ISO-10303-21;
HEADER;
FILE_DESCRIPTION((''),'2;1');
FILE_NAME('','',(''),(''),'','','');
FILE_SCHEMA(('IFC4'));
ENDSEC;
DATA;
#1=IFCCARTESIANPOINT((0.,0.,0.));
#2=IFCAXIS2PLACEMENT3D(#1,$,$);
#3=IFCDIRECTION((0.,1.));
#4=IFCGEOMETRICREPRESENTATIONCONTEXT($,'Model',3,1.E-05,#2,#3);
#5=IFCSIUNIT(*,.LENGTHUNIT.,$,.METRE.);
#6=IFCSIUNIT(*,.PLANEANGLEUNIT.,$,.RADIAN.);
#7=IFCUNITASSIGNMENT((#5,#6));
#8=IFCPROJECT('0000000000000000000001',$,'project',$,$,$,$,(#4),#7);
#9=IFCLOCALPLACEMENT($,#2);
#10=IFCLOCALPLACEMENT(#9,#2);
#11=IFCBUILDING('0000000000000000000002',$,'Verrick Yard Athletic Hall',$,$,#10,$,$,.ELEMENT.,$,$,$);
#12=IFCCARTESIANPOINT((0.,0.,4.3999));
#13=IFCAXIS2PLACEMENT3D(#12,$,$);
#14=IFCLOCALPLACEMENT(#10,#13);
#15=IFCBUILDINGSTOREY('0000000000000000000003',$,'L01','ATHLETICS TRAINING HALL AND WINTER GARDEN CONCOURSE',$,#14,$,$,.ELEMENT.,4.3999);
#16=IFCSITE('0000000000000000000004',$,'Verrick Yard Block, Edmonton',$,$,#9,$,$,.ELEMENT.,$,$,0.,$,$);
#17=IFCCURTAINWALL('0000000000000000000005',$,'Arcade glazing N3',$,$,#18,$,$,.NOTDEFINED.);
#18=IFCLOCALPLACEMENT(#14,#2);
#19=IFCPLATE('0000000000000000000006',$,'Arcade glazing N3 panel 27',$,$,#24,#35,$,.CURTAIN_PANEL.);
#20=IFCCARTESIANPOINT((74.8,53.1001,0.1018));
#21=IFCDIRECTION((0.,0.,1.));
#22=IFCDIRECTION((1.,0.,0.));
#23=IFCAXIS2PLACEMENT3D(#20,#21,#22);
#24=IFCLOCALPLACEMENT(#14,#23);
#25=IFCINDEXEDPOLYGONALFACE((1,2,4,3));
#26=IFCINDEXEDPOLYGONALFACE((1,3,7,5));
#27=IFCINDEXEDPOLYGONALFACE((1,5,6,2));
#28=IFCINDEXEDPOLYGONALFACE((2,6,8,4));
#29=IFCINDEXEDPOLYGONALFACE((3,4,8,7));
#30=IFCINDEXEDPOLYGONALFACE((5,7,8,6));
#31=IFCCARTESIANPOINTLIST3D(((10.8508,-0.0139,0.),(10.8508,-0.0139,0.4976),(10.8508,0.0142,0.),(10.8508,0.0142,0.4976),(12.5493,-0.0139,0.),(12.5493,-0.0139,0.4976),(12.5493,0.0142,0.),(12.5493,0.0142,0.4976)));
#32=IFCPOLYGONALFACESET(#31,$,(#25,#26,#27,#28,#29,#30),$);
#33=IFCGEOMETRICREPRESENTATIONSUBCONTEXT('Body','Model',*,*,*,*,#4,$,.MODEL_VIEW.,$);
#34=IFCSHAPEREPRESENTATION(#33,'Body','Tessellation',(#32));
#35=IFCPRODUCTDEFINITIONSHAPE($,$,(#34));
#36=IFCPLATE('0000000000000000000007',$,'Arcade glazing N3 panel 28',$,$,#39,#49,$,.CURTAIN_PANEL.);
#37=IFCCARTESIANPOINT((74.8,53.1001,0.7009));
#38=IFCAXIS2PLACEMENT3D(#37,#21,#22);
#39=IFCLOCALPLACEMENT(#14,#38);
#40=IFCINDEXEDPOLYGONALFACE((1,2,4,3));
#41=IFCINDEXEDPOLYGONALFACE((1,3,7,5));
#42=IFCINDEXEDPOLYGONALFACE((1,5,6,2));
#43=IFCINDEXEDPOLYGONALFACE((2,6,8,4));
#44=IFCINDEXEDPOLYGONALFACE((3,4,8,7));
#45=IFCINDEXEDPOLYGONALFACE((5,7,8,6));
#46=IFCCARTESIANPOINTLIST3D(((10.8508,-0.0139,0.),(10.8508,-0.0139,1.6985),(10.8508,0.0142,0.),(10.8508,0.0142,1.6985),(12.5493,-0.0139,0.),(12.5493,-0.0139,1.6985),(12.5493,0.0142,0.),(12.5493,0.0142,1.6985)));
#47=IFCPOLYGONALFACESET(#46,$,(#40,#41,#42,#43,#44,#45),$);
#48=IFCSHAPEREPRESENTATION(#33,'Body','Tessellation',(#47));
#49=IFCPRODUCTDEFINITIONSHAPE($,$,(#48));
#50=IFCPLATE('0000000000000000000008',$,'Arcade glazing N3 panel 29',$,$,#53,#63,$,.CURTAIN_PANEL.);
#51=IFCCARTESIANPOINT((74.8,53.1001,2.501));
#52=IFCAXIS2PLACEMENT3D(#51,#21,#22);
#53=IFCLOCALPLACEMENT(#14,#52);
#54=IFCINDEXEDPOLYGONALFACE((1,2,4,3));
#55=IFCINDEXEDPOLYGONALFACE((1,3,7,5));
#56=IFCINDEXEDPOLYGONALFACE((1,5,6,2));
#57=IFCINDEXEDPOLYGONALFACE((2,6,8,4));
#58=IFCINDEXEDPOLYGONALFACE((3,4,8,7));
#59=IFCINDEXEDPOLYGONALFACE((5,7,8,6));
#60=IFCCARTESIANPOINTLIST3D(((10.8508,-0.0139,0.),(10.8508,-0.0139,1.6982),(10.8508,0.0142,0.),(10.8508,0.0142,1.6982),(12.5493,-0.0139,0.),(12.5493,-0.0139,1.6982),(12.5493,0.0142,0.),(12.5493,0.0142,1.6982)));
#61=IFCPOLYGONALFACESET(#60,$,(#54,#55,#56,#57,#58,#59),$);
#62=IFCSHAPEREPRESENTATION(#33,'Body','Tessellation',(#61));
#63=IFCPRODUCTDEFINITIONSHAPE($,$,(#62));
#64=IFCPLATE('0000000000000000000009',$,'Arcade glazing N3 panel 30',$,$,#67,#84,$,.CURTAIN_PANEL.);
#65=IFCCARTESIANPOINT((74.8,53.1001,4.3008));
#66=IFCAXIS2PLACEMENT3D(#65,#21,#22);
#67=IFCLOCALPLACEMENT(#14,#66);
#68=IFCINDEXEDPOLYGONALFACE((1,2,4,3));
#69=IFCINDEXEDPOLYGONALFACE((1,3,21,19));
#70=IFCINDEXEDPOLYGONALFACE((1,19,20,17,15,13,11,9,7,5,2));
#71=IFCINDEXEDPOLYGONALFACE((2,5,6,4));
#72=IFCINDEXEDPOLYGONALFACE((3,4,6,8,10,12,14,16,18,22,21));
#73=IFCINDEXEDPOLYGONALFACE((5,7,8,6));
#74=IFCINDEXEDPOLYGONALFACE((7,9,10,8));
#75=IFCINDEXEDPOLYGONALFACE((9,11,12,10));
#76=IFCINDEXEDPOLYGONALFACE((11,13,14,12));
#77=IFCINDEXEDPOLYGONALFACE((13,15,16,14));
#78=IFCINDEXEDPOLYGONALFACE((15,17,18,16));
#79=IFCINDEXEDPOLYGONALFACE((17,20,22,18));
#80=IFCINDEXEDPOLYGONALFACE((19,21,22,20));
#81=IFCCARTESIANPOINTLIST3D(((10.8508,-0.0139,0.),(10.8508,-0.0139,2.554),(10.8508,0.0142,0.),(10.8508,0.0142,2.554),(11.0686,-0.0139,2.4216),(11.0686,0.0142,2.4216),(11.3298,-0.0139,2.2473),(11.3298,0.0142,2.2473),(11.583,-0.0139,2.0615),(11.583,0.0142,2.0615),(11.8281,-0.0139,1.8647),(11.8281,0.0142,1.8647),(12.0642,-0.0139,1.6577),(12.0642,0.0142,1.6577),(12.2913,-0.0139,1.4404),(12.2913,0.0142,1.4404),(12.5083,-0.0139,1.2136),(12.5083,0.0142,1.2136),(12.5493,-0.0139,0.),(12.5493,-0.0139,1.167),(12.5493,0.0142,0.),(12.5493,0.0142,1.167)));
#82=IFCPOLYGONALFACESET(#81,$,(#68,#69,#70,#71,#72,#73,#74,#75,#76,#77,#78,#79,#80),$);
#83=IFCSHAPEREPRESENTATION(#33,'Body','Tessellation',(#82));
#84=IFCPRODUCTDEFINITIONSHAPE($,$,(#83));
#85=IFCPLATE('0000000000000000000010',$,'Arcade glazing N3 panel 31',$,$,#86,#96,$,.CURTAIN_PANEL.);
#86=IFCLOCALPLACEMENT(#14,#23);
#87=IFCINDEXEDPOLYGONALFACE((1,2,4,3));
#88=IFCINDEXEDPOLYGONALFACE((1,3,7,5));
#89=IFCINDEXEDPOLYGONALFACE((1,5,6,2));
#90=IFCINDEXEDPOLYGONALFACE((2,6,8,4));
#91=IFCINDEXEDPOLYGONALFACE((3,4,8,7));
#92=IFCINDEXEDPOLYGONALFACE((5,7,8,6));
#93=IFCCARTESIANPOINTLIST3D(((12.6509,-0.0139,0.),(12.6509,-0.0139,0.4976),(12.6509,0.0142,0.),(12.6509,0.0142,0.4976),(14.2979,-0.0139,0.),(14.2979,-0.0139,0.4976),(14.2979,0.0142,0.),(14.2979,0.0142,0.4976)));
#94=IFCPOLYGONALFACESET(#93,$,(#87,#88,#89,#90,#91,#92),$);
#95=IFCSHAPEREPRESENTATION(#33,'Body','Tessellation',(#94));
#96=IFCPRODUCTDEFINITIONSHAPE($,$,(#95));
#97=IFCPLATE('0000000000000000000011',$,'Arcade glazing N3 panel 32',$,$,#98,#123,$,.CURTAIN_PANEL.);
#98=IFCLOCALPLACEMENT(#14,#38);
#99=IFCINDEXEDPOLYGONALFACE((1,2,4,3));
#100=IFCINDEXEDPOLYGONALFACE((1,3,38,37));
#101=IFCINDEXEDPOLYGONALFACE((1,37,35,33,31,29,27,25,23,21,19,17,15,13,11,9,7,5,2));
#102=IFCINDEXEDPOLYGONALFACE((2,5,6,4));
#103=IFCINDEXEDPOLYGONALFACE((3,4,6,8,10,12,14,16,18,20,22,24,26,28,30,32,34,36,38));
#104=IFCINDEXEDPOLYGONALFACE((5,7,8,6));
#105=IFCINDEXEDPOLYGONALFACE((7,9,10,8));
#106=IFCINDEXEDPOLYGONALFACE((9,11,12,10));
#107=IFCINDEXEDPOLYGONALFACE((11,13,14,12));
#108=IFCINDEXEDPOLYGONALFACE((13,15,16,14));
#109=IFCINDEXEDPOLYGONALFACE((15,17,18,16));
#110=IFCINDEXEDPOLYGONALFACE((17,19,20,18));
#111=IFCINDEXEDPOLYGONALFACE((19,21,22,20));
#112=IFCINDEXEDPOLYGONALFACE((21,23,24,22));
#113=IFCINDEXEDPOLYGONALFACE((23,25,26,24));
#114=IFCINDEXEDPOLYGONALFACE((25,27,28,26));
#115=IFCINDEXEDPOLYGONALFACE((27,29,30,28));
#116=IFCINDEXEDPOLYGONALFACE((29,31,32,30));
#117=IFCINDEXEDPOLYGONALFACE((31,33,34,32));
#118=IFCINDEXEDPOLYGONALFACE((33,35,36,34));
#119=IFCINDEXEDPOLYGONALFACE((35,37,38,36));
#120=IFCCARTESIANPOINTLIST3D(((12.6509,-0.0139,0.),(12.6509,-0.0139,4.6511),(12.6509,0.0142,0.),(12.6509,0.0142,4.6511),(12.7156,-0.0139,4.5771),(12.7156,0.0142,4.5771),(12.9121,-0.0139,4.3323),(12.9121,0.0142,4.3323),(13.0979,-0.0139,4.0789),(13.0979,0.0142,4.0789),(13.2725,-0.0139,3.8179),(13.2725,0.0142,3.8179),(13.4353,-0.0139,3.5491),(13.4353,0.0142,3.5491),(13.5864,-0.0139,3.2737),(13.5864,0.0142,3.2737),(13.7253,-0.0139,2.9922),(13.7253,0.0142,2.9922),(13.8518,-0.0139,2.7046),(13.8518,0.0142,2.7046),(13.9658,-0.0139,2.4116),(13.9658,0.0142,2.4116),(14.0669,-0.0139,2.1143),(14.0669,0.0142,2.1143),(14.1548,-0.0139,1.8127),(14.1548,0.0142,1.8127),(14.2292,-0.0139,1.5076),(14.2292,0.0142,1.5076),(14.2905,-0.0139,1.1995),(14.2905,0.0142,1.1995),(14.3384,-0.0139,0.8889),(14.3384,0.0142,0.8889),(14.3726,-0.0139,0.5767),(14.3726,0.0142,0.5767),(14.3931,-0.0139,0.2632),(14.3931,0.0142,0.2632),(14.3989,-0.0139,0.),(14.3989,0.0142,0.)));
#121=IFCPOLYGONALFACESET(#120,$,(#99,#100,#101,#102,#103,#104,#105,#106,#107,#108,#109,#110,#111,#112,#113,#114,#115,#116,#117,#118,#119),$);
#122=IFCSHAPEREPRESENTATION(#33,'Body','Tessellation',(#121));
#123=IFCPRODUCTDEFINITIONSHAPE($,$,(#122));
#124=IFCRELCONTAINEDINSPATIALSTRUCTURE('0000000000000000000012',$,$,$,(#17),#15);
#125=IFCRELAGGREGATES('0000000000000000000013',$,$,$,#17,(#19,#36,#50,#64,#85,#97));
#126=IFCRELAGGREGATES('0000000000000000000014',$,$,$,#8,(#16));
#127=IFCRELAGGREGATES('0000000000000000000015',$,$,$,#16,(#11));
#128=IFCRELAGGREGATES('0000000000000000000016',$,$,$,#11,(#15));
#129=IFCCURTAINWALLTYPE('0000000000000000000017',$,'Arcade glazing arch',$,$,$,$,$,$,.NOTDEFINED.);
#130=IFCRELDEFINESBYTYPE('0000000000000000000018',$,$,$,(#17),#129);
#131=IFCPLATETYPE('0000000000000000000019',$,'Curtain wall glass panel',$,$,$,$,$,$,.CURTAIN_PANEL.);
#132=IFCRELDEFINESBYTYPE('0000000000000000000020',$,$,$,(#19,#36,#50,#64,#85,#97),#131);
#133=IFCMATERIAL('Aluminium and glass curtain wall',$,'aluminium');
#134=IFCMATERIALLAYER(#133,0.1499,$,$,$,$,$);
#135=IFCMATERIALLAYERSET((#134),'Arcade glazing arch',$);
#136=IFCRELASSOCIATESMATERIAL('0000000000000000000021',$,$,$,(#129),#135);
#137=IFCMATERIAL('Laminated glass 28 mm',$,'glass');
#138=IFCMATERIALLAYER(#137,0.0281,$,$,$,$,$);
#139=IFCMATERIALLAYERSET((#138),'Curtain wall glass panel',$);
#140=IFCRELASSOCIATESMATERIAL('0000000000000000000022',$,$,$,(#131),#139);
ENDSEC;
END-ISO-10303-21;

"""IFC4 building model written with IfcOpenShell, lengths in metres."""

from ifc_helpers import new_model, si_unit, direction, frame, origin, place, context, subcontext, project, spatial, polyline, outline, extrude, material, layer, layer_set, type_object, element, aggregate, save


model = new_model("IFC4")

# Units and contexts
model_context = context("Model", 3, precision=1e-05, world=origin(), true_north=direction((0.0, 1.0)))
body_context = subcontext(model_context, "Body", "Model", "MODEL_VIEW")
ifc_project = project(units=[si_unit("LENGTHUNIT", "METRE"), si_unit("PLANEANGLEUNIT", "RADIAN")], contexts=[model_context])

# Site, building, storey
site_placement = place(None, origin())
site = spatial("IfcSite", under=ifc_project, at=site_placement, Name="Verrick Yard Block, Edmonton", CompositionType="ELEMENT", RefElevation=0.0)
building_placement = place(site_placement, origin())
building = spatial("IfcBuilding", under=site, at=building_placement, Name="Verrick Yard Athletic Hall", CompositionType="ELEMENT")
storey_placement = place(building_placement, frame((0.0, 0.0, 4.3999)))
storey = spatial("IfcBuildingStorey", under=building, at=storey_placement, Name="L01", Description="ATHLETICS TRAINING HALL AND WINTER GARDEN CONCOURSE", CompositionType="ELEMENT", Elevation=4.3999)

# Curtain wall, plates
ifc_material_1 = material(Name="Aluminium and glass curtain wall", Category="aluminium")
ifc_layer_1 = layer(ifc_material_1, 0.1499)
ifc_layer_set_1 = layer_set([ifc_layer_1], Name="Arcade glazing arch")
curtain_wall_type = type_object("IfcCurtainWallType", Name="Arcade glazing arch", PredefinedType="NOTDEFINED", material=ifc_layer_set_1)
curtain_wall_placement = place(storey_placement, origin())
curtain_wall = element("IfcCurtainWall", 1, at=curtain_wall_placement, inside=storey, type_object=curtain_wall_type, Name="Arcade glazing N3", PredefinedType="NOTDEFINED")
ifc_material_2 = material(Name="Laminated glass 28 mm", Category="glass")
ifc_layer_2 = layer(ifc_material_2, 0.0281)
ifc_layer_set_2 = layer_set([ifc_layer_2], Name="Curtain wall glass panel")
plate_type = type_object("IfcPlateType", Name="Curtain wall glass panel", PredefinedType="CURTAIN_PANEL", material=ifc_layer_set_2)
plate_1_placement = place(storey_placement, frame((74.8, 53.1001, 0.1018), z_axis=(0.0, 0.0, 1.0), x_axis=(1.0, 0.0, 0.0)))
plate_1 = element("IfcPlate", 2, at=plate_1_placement, type_object=plate_type, Name="Arcade glazing N3 panel 27", PredefinedType="CURTAIN_PANEL", context=body_context, shape_type="SweptSolid", body=[
    extrude(outline(polyline([(12.5493, 0.0), (12.5493, 0.4976), (10.8508, 0.4976), (10.8508, 0.0), (12.5493, 0.0)])), frame((0.0, 0.0142, 0.0), z_axis=(0.0, -1.0, 0.0), x_axis=(1.0, 0.0, 0.0)), (0.0, 0.0, 1.0), 0.0281),
])
plate_2_placement = place(storey_placement, frame((74.8, 53.1001, 0.7009), z_axis=(0.0, 0.0, 1.0), x_axis=(1.0, 0.0, 0.0)))
plate_2 = element("IfcPlate", 3, at=plate_2_placement, type_object=plate_type, Name="Arcade glazing N3 panel 28", PredefinedType="CURTAIN_PANEL", context=body_context, shape_type="SweptSolid", body=[
    extrude(outline(polyline([(12.5493, 0.0), (12.5493, 1.6985), (10.8508, 1.6985), (10.8508, 0.0), (12.5493, 0.0)])), frame((0.0, 0.0142, 0.0), z_axis=(0.0, -1.0, 0.0), x_axis=(1.0, 0.0, 0.0)), (0.0, 0.0, 1.0), 0.0281),
])
plate_3_placement = place(storey_placement, frame((74.8, 53.1001, 2.501), z_axis=(0.0, 0.0, 1.0), x_axis=(1.0, 0.0, 0.0)))
plate_3 = element("IfcPlate", 4, at=plate_3_placement, type_object=plate_type, Name="Arcade glazing N3 panel 29", PredefinedType="CURTAIN_PANEL", context=body_context, shape_type="SweptSolid", body=[
    extrude(outline(polyline([(12.5493, 0.0), (12.5493, 1.6982), (10.8508, 1.6982), (10.8508, 0.0), (12.5493, 0.0)])), frame((0.0, 0.0142, 0.0), z_axis=(0.0, -1.0, 0.0), x_axis=(1.0, 0.0, 0.0)), (0.0, 0.0, 1.0), 0.0281),
])
plate_4_placement = place(storey_placement, frame((74.8, 53.1001, 4.3008), z_axis=(0.0, 0.0, 1.0), x_axis=(1.0, 0.0, 0.0)))
plate_4 = element("IfcPlate", 5, at=plate_4_placement, type_object=plate_type, Name="Arcade glazing N3 panel 30", PredefinedType="CURTAIN_PANEL", context=body_context, shape_type="SweptSolid", body=[
    extrude(outline(polyline([(12.5493, 1.167), (12.5083, 1.2136), (12.2913, 1.4404), (12.0642, 1.6577), (11.8281, 1.8647), (11.583, 2.0615), (11.3298, 2.2473), (11.0686, 2.4216), (10.8508, 2.554), (10.8508, 0.0), (12.5493, 0.0), (12.5493, 1.167)])), frame((0.0, 0.0142, 0.0), z_axis=(0.0, -1.0, 0.0), x_axis=(1.0, 0.0, 0.0)), (0.0, 0.0, 1.0), 0.0281),
])
plate_5_placement = place(storey_placement, frame((74.8, 53.1001, 0.1018), z_axis=(0.0, 0.0, 1.0), x_axis=(1.0, 0.0, 0.0)))
plate_5 = element("IfcPlate", 6, at=plate_5_placement, type_object=plate_type, Name="Arcade glazing N3 panel 31", PredefinedType="CURTAIN_PANEL", context=body_context, shape_type="SweptSolid", body=[
    extrude(outline(polyline([(14.2979, 0.0), (14.2979, 0.4976), (12.6509, 0.4976), (12.6509, 0.0), (14.2979, 0.0)])), frame((0.0, 0.0142, 0.0), z_axis=(0.0, -1.0, 0.0), x_axis=(1.0, 0.0, 0.0)), (0.0, 0.0, 1.0), 0.0281),
])
plate_6_placement = place(storey_placement, frame((74.8, 53.1001, 0.7009), z_axis=(0.0, 0.0, 1.0), x_axis=(1.0, 0.0, 0.0)))
plate_6 = element("IfcPlate", 7, at=plate_6_placement, type_object=plate_type, Name="Arcade glazing N3 panel 32", PredefinedType="CURTAIN_PANEL", context=body_context, shape_type="SweptSolid", body=[
    extrude(outline(polyline([(14.3989, 0.0), (14.3931, 0.2632), (14.3726, 0.5767), (14.3384, 0.8889), (14.2905, 1.1995), (14.2292, 1.5076), (14.1548, 1.8127), (14.0669, 2.1143), (13.9658, 2.4116), (13.8518, 2.7046), (13.7253, 2.9922), (13.5864, 3.2737), (13.4353, 3.5491), (13.2725, 3.8179), (13.0979, 4.0789), (12.9121, 4.3323), (12.7156, 4.5771), (12.6509, 4.6511), (12.6509, 0.0), (14.3989, 0.0)])), frame((0.0, 0.0142, 0.0), z_axis=(0.0, -1.0, 0.0), x_axis=(1.0, 0.0, 0.0)), (0.0, 0.0, 1.0), 0.0281),
])
aggregate(curtain_wall, [plate_1, plate_2, plate_3, plate_4, plate_5, plate_6])

save(model, "model.ifc")
